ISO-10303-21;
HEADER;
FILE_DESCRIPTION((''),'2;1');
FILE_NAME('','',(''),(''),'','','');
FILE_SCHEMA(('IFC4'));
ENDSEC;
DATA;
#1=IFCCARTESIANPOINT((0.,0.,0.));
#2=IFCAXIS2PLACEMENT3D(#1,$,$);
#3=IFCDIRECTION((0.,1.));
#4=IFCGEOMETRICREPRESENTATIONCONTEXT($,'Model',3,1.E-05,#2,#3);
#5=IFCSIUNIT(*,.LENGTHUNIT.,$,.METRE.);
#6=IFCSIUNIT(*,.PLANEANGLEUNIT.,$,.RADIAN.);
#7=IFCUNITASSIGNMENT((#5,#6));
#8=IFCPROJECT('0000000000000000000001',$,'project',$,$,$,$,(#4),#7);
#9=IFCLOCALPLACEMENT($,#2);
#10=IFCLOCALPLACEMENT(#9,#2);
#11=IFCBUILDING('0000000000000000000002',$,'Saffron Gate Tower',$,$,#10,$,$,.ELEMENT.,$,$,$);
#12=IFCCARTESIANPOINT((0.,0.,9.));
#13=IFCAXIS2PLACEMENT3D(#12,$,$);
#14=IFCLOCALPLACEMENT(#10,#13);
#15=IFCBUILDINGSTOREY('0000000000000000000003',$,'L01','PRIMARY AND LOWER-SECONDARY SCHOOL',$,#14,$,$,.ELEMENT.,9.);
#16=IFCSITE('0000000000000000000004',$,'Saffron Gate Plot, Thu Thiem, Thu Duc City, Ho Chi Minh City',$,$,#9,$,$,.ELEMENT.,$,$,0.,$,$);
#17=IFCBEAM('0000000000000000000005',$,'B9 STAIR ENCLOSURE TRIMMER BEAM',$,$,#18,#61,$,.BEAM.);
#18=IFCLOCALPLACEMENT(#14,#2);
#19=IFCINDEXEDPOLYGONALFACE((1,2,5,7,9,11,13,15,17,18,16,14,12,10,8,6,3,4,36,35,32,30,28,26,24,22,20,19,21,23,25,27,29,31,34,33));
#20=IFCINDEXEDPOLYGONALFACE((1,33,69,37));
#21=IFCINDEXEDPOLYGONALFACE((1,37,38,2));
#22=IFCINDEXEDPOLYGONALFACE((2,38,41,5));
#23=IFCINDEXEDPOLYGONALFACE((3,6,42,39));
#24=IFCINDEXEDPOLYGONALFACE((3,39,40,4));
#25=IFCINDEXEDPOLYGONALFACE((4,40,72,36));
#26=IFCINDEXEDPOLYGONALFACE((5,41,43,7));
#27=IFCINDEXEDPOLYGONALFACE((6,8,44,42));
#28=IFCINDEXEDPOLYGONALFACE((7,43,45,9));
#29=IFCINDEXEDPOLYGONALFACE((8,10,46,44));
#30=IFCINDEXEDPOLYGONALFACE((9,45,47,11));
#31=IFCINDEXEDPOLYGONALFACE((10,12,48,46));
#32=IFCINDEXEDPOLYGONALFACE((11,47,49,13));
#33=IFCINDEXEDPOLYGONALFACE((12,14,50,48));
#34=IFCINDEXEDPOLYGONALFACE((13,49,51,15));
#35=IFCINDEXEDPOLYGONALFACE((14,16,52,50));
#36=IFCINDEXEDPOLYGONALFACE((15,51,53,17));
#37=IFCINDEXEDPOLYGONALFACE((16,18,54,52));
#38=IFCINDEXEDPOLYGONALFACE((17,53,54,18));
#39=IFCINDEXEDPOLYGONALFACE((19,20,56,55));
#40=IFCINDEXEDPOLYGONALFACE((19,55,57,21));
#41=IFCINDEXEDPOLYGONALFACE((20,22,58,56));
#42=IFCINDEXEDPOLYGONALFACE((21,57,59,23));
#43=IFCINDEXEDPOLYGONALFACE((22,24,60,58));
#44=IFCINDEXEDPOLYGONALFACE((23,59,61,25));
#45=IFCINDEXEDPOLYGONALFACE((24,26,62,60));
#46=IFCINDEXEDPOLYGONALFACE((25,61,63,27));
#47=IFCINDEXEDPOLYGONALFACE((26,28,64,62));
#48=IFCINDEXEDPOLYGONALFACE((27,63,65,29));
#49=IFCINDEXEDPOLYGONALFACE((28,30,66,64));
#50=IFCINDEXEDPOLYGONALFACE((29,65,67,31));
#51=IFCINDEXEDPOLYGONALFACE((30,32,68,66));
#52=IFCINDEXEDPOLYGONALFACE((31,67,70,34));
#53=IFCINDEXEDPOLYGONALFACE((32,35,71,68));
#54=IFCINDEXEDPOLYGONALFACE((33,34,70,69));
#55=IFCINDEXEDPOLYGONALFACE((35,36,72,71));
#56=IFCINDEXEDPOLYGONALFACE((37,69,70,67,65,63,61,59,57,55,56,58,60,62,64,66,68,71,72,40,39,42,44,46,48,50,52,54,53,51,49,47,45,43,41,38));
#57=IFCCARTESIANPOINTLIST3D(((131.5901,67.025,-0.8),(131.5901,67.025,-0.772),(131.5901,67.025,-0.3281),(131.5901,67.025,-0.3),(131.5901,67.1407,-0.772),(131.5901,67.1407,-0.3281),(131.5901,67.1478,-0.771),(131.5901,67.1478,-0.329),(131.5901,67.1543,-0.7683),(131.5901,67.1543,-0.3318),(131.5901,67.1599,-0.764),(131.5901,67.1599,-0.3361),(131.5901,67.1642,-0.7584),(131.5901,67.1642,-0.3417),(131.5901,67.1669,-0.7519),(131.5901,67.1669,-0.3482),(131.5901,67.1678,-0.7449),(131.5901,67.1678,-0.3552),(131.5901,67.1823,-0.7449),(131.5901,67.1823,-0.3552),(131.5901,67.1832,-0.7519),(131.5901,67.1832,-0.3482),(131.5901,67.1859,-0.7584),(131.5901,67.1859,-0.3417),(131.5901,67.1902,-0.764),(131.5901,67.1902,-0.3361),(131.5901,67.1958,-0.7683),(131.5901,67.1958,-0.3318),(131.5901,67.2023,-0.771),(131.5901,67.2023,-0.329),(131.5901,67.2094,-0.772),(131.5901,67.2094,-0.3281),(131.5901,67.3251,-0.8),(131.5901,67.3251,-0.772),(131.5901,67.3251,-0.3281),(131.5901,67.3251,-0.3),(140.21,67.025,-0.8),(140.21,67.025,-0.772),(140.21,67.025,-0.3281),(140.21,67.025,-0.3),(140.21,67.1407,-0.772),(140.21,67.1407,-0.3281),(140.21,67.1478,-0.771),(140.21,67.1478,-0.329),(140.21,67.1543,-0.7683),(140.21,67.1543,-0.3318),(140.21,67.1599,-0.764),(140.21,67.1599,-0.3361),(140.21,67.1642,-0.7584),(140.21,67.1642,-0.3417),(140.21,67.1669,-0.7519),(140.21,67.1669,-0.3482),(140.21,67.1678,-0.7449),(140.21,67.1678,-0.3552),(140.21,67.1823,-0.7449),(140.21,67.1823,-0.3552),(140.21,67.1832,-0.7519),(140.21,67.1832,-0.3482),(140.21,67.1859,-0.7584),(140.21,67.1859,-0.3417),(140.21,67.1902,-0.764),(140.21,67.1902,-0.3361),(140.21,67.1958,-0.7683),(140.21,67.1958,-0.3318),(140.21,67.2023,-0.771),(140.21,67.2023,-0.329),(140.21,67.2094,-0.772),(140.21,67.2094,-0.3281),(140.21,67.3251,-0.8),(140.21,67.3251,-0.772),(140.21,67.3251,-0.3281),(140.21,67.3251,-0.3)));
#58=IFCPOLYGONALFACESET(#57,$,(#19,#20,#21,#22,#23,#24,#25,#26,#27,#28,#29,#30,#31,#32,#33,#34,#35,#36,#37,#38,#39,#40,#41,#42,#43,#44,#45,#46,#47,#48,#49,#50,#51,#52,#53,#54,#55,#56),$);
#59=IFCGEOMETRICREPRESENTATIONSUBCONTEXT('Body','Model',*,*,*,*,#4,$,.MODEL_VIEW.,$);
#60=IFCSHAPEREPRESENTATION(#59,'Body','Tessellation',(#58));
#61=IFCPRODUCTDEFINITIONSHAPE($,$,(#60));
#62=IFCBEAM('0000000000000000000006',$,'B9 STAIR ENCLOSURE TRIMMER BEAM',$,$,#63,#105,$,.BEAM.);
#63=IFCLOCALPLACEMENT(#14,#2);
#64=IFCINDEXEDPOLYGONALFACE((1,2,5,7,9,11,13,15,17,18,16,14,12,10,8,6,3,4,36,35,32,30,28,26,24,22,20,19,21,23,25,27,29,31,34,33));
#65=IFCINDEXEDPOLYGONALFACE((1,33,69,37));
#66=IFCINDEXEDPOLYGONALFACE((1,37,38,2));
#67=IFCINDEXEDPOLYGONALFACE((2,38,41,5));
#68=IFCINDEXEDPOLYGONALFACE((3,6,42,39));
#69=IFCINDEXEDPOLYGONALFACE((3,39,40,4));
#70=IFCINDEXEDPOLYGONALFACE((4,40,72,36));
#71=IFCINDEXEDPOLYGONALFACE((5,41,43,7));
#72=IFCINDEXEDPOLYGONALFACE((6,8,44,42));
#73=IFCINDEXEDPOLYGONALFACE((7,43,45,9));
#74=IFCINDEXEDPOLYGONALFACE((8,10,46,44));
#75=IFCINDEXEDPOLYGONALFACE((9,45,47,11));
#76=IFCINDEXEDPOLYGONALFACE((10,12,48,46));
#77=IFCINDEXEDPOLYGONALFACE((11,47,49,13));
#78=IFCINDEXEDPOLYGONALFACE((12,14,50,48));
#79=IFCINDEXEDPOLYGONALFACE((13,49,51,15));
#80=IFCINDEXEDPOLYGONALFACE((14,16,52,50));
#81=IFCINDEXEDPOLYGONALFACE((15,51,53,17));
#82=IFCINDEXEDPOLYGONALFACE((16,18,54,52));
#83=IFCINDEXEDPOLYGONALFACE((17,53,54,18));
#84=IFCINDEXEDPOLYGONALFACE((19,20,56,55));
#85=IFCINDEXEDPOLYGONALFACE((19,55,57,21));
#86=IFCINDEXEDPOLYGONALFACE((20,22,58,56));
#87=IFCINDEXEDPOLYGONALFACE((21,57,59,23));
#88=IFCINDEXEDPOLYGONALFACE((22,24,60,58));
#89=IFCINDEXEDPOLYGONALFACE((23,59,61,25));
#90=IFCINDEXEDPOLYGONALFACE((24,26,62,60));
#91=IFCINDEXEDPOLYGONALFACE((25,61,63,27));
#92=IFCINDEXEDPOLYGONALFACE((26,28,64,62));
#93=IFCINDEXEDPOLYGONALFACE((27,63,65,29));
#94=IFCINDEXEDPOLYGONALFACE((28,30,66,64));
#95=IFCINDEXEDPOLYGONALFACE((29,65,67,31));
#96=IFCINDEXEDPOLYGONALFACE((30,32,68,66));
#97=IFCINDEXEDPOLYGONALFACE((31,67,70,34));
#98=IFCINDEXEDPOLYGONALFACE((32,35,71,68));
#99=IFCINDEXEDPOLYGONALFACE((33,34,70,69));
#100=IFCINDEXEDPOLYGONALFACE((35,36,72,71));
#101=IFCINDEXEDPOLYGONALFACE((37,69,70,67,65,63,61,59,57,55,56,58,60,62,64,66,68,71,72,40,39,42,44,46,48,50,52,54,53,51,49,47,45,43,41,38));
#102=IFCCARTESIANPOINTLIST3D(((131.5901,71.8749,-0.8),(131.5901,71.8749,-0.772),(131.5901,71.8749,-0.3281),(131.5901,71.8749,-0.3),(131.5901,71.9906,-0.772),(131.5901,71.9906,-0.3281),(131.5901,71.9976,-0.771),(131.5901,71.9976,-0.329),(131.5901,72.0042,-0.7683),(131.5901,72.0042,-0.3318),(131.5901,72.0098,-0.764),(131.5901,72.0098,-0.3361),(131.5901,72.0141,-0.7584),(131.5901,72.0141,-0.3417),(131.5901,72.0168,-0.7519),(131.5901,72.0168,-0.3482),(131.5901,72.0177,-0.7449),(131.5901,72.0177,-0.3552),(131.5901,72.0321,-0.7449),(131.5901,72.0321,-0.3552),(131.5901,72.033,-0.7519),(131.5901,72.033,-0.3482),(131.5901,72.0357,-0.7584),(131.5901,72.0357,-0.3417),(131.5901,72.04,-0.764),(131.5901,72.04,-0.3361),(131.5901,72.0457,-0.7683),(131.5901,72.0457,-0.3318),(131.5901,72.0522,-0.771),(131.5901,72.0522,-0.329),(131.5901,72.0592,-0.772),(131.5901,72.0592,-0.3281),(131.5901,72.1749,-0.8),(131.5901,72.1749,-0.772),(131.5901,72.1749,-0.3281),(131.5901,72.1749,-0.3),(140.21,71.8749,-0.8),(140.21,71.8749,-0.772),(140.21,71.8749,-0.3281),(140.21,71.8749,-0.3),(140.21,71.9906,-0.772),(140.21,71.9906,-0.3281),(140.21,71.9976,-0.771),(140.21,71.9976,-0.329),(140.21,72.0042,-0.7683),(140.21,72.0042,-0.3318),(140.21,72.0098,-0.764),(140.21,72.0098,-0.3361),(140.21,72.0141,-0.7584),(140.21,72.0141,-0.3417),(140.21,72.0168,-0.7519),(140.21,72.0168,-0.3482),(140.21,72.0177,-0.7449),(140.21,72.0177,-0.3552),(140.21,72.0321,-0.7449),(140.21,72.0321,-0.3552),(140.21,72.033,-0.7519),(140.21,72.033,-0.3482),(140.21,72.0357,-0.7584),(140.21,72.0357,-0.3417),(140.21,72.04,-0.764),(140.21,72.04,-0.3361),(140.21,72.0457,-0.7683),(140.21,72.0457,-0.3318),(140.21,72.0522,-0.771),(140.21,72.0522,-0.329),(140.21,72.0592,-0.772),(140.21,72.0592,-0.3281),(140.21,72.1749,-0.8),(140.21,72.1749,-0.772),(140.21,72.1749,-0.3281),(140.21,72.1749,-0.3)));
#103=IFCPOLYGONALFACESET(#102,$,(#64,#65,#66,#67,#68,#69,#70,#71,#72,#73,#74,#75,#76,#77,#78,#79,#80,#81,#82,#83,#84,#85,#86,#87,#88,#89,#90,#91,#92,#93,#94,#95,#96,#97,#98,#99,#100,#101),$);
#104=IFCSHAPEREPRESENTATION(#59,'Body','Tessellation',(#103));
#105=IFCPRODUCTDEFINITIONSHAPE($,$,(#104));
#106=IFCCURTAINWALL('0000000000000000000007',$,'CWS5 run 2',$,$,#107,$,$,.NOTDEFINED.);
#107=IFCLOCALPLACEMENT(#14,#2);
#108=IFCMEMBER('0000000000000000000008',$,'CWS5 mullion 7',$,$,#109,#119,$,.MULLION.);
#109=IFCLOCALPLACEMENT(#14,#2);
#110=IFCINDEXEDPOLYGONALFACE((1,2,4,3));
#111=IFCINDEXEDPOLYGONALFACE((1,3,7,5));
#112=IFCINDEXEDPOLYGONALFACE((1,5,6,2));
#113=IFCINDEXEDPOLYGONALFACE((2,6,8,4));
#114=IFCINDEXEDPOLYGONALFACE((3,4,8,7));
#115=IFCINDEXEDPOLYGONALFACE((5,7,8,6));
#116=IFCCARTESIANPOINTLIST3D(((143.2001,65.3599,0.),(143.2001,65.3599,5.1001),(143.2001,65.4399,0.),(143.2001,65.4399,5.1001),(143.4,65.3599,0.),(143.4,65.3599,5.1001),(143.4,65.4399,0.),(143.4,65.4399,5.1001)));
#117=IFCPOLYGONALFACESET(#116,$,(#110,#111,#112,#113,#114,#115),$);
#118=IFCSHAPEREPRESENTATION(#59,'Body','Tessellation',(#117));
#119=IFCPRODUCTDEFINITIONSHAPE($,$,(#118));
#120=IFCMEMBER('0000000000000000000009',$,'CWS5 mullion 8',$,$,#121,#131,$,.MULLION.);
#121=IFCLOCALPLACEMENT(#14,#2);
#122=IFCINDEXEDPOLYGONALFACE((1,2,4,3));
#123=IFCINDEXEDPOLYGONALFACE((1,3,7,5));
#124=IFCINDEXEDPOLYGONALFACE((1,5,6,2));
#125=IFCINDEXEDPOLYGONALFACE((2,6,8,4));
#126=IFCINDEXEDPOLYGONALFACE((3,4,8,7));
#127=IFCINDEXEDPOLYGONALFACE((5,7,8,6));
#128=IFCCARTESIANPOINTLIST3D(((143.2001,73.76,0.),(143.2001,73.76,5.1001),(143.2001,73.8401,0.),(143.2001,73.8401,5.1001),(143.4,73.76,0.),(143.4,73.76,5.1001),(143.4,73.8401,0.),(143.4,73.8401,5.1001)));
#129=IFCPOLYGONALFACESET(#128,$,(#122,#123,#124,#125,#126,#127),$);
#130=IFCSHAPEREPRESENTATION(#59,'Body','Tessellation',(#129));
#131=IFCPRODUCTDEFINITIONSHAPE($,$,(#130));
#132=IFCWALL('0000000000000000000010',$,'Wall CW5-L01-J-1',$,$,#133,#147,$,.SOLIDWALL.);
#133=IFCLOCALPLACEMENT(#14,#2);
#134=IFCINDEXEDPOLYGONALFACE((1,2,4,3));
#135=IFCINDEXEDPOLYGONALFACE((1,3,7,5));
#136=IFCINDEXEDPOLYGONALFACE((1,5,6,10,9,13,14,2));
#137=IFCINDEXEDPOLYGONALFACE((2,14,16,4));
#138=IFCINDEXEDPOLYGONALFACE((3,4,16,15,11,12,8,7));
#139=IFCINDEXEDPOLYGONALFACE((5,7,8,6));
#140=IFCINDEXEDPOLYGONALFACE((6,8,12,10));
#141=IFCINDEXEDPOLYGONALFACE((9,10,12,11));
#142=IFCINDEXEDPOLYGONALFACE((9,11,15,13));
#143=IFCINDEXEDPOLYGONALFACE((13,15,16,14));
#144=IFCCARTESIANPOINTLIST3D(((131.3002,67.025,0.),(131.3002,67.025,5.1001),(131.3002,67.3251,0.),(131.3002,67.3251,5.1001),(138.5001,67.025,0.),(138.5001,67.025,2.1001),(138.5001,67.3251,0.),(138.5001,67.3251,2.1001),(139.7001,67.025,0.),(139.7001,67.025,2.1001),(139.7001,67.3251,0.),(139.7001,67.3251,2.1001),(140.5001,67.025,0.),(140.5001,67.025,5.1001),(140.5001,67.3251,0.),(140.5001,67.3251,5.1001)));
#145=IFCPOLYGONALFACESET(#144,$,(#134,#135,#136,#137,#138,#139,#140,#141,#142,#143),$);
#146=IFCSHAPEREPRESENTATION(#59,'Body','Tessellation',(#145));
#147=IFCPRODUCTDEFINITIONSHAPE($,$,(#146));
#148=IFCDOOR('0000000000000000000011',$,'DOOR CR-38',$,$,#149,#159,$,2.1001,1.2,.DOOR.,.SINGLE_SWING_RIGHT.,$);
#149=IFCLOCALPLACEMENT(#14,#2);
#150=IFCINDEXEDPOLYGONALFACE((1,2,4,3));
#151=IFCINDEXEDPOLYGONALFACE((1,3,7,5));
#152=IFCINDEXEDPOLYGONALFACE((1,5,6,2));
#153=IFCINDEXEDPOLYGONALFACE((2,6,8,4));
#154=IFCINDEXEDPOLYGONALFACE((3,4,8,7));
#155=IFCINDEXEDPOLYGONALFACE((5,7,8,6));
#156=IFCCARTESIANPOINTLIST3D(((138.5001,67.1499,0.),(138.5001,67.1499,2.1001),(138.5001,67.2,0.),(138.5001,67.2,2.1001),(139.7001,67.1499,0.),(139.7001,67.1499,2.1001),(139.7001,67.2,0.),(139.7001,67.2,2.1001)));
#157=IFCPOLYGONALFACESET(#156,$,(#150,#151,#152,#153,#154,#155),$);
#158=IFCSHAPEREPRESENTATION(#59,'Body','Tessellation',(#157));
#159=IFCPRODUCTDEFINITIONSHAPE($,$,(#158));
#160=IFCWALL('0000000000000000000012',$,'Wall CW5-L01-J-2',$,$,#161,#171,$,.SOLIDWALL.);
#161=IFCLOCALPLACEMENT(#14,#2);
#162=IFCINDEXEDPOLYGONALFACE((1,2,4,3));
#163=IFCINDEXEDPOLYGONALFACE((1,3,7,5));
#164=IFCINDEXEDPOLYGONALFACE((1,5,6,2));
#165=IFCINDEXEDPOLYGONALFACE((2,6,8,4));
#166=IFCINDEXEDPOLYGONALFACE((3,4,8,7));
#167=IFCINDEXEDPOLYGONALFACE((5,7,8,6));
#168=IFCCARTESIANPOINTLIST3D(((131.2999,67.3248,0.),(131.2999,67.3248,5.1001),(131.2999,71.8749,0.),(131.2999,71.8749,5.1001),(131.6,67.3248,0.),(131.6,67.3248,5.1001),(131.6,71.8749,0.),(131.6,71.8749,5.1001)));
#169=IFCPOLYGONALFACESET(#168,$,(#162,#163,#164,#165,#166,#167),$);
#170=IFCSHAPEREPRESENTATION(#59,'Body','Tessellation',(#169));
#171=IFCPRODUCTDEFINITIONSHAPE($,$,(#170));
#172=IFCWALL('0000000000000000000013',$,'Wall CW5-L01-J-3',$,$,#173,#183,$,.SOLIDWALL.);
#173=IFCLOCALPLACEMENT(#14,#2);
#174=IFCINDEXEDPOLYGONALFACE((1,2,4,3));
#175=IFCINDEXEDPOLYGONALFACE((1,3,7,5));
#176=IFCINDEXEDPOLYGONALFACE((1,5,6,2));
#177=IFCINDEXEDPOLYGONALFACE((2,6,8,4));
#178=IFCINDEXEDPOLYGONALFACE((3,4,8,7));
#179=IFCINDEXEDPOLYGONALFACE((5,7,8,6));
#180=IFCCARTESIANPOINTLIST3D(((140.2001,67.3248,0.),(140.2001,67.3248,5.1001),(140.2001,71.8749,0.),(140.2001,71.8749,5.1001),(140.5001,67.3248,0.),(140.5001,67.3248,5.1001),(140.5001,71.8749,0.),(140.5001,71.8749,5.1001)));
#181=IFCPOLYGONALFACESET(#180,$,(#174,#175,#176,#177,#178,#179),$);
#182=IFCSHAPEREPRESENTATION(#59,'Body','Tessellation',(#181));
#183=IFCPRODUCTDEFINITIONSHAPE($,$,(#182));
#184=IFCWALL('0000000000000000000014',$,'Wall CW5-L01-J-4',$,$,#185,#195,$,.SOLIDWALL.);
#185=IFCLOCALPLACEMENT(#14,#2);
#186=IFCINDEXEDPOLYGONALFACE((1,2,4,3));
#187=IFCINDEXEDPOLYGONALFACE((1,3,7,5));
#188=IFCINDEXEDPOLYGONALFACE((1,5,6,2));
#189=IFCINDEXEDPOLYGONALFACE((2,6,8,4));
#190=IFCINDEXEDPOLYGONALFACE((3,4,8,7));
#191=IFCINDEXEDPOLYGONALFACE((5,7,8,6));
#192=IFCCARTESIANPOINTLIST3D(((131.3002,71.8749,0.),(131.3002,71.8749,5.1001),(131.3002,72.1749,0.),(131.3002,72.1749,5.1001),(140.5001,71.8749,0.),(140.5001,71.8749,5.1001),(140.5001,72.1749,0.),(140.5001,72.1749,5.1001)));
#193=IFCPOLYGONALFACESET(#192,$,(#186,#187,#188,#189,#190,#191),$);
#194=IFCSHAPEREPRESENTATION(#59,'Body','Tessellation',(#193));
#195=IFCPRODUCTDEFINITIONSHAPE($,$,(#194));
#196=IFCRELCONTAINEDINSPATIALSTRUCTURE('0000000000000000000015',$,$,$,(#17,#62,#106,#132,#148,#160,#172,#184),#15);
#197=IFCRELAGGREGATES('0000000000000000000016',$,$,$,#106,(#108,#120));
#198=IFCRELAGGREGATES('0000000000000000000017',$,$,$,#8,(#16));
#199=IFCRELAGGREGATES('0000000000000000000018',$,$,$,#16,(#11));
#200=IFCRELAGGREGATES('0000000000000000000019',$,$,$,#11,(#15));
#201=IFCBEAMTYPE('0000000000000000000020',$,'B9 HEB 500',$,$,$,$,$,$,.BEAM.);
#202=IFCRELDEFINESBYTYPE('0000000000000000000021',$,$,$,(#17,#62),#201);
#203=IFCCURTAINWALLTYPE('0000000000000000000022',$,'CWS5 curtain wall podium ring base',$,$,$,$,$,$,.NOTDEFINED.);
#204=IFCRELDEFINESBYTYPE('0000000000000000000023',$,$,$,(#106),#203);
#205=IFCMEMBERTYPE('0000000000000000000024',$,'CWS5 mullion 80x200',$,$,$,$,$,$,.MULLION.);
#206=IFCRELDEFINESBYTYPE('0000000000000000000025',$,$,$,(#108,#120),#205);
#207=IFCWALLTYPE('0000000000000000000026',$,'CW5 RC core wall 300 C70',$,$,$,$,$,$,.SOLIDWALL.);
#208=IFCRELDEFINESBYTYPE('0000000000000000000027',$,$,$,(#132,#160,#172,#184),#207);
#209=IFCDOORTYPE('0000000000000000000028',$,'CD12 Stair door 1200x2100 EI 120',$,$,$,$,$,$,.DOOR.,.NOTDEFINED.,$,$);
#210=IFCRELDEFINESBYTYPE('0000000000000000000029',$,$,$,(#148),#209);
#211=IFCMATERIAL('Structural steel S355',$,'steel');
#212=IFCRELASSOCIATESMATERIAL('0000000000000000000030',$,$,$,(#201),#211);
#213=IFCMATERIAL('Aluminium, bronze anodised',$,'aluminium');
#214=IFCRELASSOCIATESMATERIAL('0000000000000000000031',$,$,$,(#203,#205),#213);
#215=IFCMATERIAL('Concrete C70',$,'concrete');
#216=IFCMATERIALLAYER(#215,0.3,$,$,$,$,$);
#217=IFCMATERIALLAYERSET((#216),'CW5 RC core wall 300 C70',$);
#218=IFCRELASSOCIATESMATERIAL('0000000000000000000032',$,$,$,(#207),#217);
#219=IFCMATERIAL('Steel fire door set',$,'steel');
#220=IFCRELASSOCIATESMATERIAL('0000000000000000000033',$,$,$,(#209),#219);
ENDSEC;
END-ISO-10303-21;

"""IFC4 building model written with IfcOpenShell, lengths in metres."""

from ifc_helpers import new_model, si_unit, direction, frame, frame_2d, origin, origin_2d, place, context, subcontext, project, spatial, rectangle, i_section, extrude, material, layer, layer_set, material_profile, profile_set, type_object, element, fill, aggregate, save


model = new_model("IFC4")

# Units and contexts
model_context = context("Model", 3, precision=1e-05, world=origin(), true_north=direction((0.0, 1.0)))
body_context = subcontext(model_context, "Body", "Model", "MODEL_VIEW")
ifc_project = project(units=[si_unit("LENGTHUNIT", "METRE"), si_unit("PLANEANGLEUNIT", "RADIAN")], contexts=[model_context])

# Site, building, storey
site_placement = place(None, origin())
site = spatial("IfcSite", under=ifc_project, at=site_placement, Name="Saffron Gate Plot, Thu Thiem, Thu Duc City, Ho Chi Minh City", CompositionType="ELEMENT", RefElevation=0.0)
building_placement = place(site_placement, origin())
building = spatial("IfcBuilding", under=site, at=building_placement, Name="Saffron Gate Tower", CompositionType="ELEMENT")
storey_placement = place(building_placement, frame((0.0, 0.0, 9.0)))
storey = spatial("IfcBuildingStorey", under=building, at=storey_placement, Name="L01", Description="PRIMARY AND LOWER-SECONDARY SCHOOL", CompositionType="ELEMENT", Elevation=9.0)

# Beams
ifc_material_1 = material(Name="Structural steel S355", Category="steel")
ifc_material_profile_1 = material_profile(ifc_material_1, i_section(OverallWidth=0.3, OverallDepth=0.5, WebThickness=0.0144, FlangeThickness=0.0281, FilletRadius=0.0271, at=origin_2d()))
ifc_profile_set_1 = profile_set([ifc_material_profile_1], Name="Structural steel S355")
beam_type_1 = type_object("IfcBeamType", Name="B9 HEB 500", PredefinedType="BEAM", material=ifc_profile_set_1)
for number, where, z_axis, x_axis, name in (
    (1, (131.5901, 67.175, -0.55), (1.0, 0.0, 0.0), (0.0, 1.0, 0.0), "B9 STAIR ENCLOSURE TRIMMER BEAM"),
    (2, (131.5901, 72.0249, -0.55), (1.0, 0.0, 0.0), (0.0, 1.0, 0.0), "B9 STAIR ENCLOSURE TRIMMER BEAM"),
):
    element("IfcBeam", number, at=place(storey_placement, frame(where, z_axis=z_axis, x_axis=x_axis)), inside=storey, type_object=beam_type_1, Name=name, PredefinedType="BEAM", context=body_context, shape_type="SweptSolid", body=[
        extrude(i_section(OverallWidth=0.3, OverallDepth=0.5, WebThickness=0.0144, FlangeThickness=0.0281, FilletRadius=0.0271, at=origin_2d()), origin(), (0.0, 0.0, 1.0), 8.6199),
    ])

# Curtain wall, members
ifc_material_2 = material(Name="Aluminium, bronze anodised", Category="aluminium")
curtain_wall_type = type_object("IfcCurtainWallType", Name="CWS5 curtain wall podium ring base", PredefinedType="NOTDEFINED", material=ifc_material_2)
curtain_wall_placement = place(storey_placement, origin())
curtain_wall = element("IfcCurtainWall", 3, at=curtain_wall_placement, inside=storey, type_object=curtain_wall_type, Name="CWS5 run 2", PredefinedType="NOTDEFINED")
ifc_material_profile_2 = material_profile(ifc_material_2, rectangle(XDim=0.2, YDim=0.0801, at=origin_2d()))
ifc_profile_set_2 = profile_set([ifc_material_profile_2], Name="Aluminium, bronze anodised")
member_type = type_object("IfcMemberType", Name="CWS5 mullion 80x200", PredefinedType="MULLION", material=ifc_profile_set_2)
member_1_placement = place(storey_placement, frame((143.3, 65.3999, 0.0), z_axis=(0.0, 0.0, 1.0), x_axis=(-1.0, 0.0, 0.0)))
member_1 = element("IfcMember", 4, at=member_1_placement, type_object=member_type, Name="CWS5 mullion 7", PredefinedType="MULLION", context=body_context, shape_type="SweptSolid", body=[
    extrude(rectangle(XDim=0.2, YDim=0.0801, at=origin_2d()), origin(), (0.0, 0.0, 1.0), 5.1001),
])
member_2_placement = place(storey_placement, frame((143.3, 73.8, 0.0), z_axis=(0.0, 0.0, 1.0), x_axis=(-1.0, 0.0, 0.0)))
member_2 = element("IfcMember", 5, at=member_2_placement, type_object=member_type, Name="CWS5 mullion 8", PredefinedType="MULLION", context=body_context, shape_type="SweptSolid", body=[
    extrude(rectangle(XDim=0.2, YDim=0.0801, at=origin_2d()), origin(), (0.0, 0.0, 1.0), 5.1001),
])
aggregate(curtain_wall, [member_1, member_2])

# Wall, opening, door
ifc_material_3 = material(Name="Concrete C70", Category="concrete")
ifc_layer_1 = layer(ifc_material_3, 0.3)
ifc_layer_set_1 = layer_set([ifc_layer_1], Name="CW5 RC core wall 300 C70")
wall_type_1 = type_object("IfcWallType", Name="CW5 RC core wall 300 C70", PredefinedType="SOLIDWALL", material=ifc_layer_set_1)
wall_1_placement = place(storey_placement, frame((131.3, 67.175, 0.0), z_axis=(0.0, 0.0, 1.0), x_axis=(1.0, 0.0, 0.0)))
wall_1 = element("IfcWall", 6, at=wall_1_placement, inside=storey, type_object=wall_type_1, Name="Wall CW5-L01-J-1", PredefinedType="SOLIDWALL", context=body_context, shape_type="SweptSolid", body=[
    extrude(rectangle(XDim=9.2, YDim=0.3, at=frame_2d((4.6001, 0.0))), origin(), (0.0, 0.0, 1.0), 5.1001),
])
opening_1_placement = place(wall_1_placement, frame((7.2, 0.0, 0.0)))
opening_1 = element("IfcOpeningElement", 7, at=opening_1_placement, cuts=wall_1, PredefinedType="OPENING", context=body_context, shape_type="SweptSolid", body=[
    extrude(rectangle(XDim=1.2, YDim=2.1001, at=frame_2d((0.6001, 1.05))), frame((0.0, 0.1602, 0.0), z_axis=(0.0, -1.0, 0.0), x_axis=(1.0, 0.0, 0.0)), (0.0, 0.0, 1.0), 0.3201),
])
ifc_material_4 = material(Name="Steel fire door set", Category="steel")
door_type_1 = type_object("IfcDoorType", Name="CD12 Stair door 1200x2100 EI 120", OperationType="NOTDEFINED", PredefinedType="DOOR", material=ifc_material_4)
door_1_placement = place(opening_1_placement, origin())
door_1 = element("IfcDoor", 8, at=door_1_placement, inside=storey, type_object=door_type_1, Name="DOOR CR-38", OperationType="SINGLE_SWING_RIGHT", OverallHeight=2.1001, OverallWidth=1.2, PredefinedType="DOOR", context=body_context, shape_type="SweptSolid", body=[
    extrude(rectangle(XDim=1.2, YDim=2.1001, at=frame_2d((0.6001, 1.05))), frame((0.0, 0.0249, 0.0), z_axis=(0.0, -1.0, 0.0), x_axis=(1.0, 0.0, 0.0)), (0.0, 0.0, 1.0), 0.05),
])
fill(opening_1, door_1)

# Walls
for number, where, z_axis, x_axis, name in (
    (9, (131.45, 67.325, 0.0), (0.0, 0.0, 1.0), (0.0, 1.0, 0.0), "Wall CW5-L01-J-2"),
    (10, (140.3501, 67.325, 0.0), (0.0, 0.0, 1.0), (0.0, 1.0, 0.0), "Wall CW5-L01-J-3"),
):
    element("IfcWall", number, at=place(storey_placement, frame(where, z_axis=z_axis, x_axis=x_axis)), inside=storey, type_object=wall_type_1, Name=name, PredefinedType="SOLIDWALL", context=body_context, shape_type="SweptSolid", body=[
        extrude(rectangle(XDim=4.55, YDim=0.3, at=frame_2d((2.2749, 0.0))), origin(), (0.0, 0.0, 1.0), 5.1001),
    ])
wall_2_placement = place(storey_placement, frame((131.3, 72.0249, 0.0), z_axis=(0.0, 0.0, 1.0), x_axis=(1.0, 0.0, 0.0)))
element("IfcWall", 11, at=wall_2_placement, inside=storey, type_object=wall_type_1, Name="Wall CW5-L01-J-4", PredefinedType="SOLIDWALL", context=body_context, shape_type="SweptSolid", body=[
    extrude(rectangle(XDim=9.2, YDim=0.3, at=frame_2d((4.6001, 0.0))), origin(), (0.0, 0.0, 1.0), 5.1001),
])

save(model, "model.ifc")
